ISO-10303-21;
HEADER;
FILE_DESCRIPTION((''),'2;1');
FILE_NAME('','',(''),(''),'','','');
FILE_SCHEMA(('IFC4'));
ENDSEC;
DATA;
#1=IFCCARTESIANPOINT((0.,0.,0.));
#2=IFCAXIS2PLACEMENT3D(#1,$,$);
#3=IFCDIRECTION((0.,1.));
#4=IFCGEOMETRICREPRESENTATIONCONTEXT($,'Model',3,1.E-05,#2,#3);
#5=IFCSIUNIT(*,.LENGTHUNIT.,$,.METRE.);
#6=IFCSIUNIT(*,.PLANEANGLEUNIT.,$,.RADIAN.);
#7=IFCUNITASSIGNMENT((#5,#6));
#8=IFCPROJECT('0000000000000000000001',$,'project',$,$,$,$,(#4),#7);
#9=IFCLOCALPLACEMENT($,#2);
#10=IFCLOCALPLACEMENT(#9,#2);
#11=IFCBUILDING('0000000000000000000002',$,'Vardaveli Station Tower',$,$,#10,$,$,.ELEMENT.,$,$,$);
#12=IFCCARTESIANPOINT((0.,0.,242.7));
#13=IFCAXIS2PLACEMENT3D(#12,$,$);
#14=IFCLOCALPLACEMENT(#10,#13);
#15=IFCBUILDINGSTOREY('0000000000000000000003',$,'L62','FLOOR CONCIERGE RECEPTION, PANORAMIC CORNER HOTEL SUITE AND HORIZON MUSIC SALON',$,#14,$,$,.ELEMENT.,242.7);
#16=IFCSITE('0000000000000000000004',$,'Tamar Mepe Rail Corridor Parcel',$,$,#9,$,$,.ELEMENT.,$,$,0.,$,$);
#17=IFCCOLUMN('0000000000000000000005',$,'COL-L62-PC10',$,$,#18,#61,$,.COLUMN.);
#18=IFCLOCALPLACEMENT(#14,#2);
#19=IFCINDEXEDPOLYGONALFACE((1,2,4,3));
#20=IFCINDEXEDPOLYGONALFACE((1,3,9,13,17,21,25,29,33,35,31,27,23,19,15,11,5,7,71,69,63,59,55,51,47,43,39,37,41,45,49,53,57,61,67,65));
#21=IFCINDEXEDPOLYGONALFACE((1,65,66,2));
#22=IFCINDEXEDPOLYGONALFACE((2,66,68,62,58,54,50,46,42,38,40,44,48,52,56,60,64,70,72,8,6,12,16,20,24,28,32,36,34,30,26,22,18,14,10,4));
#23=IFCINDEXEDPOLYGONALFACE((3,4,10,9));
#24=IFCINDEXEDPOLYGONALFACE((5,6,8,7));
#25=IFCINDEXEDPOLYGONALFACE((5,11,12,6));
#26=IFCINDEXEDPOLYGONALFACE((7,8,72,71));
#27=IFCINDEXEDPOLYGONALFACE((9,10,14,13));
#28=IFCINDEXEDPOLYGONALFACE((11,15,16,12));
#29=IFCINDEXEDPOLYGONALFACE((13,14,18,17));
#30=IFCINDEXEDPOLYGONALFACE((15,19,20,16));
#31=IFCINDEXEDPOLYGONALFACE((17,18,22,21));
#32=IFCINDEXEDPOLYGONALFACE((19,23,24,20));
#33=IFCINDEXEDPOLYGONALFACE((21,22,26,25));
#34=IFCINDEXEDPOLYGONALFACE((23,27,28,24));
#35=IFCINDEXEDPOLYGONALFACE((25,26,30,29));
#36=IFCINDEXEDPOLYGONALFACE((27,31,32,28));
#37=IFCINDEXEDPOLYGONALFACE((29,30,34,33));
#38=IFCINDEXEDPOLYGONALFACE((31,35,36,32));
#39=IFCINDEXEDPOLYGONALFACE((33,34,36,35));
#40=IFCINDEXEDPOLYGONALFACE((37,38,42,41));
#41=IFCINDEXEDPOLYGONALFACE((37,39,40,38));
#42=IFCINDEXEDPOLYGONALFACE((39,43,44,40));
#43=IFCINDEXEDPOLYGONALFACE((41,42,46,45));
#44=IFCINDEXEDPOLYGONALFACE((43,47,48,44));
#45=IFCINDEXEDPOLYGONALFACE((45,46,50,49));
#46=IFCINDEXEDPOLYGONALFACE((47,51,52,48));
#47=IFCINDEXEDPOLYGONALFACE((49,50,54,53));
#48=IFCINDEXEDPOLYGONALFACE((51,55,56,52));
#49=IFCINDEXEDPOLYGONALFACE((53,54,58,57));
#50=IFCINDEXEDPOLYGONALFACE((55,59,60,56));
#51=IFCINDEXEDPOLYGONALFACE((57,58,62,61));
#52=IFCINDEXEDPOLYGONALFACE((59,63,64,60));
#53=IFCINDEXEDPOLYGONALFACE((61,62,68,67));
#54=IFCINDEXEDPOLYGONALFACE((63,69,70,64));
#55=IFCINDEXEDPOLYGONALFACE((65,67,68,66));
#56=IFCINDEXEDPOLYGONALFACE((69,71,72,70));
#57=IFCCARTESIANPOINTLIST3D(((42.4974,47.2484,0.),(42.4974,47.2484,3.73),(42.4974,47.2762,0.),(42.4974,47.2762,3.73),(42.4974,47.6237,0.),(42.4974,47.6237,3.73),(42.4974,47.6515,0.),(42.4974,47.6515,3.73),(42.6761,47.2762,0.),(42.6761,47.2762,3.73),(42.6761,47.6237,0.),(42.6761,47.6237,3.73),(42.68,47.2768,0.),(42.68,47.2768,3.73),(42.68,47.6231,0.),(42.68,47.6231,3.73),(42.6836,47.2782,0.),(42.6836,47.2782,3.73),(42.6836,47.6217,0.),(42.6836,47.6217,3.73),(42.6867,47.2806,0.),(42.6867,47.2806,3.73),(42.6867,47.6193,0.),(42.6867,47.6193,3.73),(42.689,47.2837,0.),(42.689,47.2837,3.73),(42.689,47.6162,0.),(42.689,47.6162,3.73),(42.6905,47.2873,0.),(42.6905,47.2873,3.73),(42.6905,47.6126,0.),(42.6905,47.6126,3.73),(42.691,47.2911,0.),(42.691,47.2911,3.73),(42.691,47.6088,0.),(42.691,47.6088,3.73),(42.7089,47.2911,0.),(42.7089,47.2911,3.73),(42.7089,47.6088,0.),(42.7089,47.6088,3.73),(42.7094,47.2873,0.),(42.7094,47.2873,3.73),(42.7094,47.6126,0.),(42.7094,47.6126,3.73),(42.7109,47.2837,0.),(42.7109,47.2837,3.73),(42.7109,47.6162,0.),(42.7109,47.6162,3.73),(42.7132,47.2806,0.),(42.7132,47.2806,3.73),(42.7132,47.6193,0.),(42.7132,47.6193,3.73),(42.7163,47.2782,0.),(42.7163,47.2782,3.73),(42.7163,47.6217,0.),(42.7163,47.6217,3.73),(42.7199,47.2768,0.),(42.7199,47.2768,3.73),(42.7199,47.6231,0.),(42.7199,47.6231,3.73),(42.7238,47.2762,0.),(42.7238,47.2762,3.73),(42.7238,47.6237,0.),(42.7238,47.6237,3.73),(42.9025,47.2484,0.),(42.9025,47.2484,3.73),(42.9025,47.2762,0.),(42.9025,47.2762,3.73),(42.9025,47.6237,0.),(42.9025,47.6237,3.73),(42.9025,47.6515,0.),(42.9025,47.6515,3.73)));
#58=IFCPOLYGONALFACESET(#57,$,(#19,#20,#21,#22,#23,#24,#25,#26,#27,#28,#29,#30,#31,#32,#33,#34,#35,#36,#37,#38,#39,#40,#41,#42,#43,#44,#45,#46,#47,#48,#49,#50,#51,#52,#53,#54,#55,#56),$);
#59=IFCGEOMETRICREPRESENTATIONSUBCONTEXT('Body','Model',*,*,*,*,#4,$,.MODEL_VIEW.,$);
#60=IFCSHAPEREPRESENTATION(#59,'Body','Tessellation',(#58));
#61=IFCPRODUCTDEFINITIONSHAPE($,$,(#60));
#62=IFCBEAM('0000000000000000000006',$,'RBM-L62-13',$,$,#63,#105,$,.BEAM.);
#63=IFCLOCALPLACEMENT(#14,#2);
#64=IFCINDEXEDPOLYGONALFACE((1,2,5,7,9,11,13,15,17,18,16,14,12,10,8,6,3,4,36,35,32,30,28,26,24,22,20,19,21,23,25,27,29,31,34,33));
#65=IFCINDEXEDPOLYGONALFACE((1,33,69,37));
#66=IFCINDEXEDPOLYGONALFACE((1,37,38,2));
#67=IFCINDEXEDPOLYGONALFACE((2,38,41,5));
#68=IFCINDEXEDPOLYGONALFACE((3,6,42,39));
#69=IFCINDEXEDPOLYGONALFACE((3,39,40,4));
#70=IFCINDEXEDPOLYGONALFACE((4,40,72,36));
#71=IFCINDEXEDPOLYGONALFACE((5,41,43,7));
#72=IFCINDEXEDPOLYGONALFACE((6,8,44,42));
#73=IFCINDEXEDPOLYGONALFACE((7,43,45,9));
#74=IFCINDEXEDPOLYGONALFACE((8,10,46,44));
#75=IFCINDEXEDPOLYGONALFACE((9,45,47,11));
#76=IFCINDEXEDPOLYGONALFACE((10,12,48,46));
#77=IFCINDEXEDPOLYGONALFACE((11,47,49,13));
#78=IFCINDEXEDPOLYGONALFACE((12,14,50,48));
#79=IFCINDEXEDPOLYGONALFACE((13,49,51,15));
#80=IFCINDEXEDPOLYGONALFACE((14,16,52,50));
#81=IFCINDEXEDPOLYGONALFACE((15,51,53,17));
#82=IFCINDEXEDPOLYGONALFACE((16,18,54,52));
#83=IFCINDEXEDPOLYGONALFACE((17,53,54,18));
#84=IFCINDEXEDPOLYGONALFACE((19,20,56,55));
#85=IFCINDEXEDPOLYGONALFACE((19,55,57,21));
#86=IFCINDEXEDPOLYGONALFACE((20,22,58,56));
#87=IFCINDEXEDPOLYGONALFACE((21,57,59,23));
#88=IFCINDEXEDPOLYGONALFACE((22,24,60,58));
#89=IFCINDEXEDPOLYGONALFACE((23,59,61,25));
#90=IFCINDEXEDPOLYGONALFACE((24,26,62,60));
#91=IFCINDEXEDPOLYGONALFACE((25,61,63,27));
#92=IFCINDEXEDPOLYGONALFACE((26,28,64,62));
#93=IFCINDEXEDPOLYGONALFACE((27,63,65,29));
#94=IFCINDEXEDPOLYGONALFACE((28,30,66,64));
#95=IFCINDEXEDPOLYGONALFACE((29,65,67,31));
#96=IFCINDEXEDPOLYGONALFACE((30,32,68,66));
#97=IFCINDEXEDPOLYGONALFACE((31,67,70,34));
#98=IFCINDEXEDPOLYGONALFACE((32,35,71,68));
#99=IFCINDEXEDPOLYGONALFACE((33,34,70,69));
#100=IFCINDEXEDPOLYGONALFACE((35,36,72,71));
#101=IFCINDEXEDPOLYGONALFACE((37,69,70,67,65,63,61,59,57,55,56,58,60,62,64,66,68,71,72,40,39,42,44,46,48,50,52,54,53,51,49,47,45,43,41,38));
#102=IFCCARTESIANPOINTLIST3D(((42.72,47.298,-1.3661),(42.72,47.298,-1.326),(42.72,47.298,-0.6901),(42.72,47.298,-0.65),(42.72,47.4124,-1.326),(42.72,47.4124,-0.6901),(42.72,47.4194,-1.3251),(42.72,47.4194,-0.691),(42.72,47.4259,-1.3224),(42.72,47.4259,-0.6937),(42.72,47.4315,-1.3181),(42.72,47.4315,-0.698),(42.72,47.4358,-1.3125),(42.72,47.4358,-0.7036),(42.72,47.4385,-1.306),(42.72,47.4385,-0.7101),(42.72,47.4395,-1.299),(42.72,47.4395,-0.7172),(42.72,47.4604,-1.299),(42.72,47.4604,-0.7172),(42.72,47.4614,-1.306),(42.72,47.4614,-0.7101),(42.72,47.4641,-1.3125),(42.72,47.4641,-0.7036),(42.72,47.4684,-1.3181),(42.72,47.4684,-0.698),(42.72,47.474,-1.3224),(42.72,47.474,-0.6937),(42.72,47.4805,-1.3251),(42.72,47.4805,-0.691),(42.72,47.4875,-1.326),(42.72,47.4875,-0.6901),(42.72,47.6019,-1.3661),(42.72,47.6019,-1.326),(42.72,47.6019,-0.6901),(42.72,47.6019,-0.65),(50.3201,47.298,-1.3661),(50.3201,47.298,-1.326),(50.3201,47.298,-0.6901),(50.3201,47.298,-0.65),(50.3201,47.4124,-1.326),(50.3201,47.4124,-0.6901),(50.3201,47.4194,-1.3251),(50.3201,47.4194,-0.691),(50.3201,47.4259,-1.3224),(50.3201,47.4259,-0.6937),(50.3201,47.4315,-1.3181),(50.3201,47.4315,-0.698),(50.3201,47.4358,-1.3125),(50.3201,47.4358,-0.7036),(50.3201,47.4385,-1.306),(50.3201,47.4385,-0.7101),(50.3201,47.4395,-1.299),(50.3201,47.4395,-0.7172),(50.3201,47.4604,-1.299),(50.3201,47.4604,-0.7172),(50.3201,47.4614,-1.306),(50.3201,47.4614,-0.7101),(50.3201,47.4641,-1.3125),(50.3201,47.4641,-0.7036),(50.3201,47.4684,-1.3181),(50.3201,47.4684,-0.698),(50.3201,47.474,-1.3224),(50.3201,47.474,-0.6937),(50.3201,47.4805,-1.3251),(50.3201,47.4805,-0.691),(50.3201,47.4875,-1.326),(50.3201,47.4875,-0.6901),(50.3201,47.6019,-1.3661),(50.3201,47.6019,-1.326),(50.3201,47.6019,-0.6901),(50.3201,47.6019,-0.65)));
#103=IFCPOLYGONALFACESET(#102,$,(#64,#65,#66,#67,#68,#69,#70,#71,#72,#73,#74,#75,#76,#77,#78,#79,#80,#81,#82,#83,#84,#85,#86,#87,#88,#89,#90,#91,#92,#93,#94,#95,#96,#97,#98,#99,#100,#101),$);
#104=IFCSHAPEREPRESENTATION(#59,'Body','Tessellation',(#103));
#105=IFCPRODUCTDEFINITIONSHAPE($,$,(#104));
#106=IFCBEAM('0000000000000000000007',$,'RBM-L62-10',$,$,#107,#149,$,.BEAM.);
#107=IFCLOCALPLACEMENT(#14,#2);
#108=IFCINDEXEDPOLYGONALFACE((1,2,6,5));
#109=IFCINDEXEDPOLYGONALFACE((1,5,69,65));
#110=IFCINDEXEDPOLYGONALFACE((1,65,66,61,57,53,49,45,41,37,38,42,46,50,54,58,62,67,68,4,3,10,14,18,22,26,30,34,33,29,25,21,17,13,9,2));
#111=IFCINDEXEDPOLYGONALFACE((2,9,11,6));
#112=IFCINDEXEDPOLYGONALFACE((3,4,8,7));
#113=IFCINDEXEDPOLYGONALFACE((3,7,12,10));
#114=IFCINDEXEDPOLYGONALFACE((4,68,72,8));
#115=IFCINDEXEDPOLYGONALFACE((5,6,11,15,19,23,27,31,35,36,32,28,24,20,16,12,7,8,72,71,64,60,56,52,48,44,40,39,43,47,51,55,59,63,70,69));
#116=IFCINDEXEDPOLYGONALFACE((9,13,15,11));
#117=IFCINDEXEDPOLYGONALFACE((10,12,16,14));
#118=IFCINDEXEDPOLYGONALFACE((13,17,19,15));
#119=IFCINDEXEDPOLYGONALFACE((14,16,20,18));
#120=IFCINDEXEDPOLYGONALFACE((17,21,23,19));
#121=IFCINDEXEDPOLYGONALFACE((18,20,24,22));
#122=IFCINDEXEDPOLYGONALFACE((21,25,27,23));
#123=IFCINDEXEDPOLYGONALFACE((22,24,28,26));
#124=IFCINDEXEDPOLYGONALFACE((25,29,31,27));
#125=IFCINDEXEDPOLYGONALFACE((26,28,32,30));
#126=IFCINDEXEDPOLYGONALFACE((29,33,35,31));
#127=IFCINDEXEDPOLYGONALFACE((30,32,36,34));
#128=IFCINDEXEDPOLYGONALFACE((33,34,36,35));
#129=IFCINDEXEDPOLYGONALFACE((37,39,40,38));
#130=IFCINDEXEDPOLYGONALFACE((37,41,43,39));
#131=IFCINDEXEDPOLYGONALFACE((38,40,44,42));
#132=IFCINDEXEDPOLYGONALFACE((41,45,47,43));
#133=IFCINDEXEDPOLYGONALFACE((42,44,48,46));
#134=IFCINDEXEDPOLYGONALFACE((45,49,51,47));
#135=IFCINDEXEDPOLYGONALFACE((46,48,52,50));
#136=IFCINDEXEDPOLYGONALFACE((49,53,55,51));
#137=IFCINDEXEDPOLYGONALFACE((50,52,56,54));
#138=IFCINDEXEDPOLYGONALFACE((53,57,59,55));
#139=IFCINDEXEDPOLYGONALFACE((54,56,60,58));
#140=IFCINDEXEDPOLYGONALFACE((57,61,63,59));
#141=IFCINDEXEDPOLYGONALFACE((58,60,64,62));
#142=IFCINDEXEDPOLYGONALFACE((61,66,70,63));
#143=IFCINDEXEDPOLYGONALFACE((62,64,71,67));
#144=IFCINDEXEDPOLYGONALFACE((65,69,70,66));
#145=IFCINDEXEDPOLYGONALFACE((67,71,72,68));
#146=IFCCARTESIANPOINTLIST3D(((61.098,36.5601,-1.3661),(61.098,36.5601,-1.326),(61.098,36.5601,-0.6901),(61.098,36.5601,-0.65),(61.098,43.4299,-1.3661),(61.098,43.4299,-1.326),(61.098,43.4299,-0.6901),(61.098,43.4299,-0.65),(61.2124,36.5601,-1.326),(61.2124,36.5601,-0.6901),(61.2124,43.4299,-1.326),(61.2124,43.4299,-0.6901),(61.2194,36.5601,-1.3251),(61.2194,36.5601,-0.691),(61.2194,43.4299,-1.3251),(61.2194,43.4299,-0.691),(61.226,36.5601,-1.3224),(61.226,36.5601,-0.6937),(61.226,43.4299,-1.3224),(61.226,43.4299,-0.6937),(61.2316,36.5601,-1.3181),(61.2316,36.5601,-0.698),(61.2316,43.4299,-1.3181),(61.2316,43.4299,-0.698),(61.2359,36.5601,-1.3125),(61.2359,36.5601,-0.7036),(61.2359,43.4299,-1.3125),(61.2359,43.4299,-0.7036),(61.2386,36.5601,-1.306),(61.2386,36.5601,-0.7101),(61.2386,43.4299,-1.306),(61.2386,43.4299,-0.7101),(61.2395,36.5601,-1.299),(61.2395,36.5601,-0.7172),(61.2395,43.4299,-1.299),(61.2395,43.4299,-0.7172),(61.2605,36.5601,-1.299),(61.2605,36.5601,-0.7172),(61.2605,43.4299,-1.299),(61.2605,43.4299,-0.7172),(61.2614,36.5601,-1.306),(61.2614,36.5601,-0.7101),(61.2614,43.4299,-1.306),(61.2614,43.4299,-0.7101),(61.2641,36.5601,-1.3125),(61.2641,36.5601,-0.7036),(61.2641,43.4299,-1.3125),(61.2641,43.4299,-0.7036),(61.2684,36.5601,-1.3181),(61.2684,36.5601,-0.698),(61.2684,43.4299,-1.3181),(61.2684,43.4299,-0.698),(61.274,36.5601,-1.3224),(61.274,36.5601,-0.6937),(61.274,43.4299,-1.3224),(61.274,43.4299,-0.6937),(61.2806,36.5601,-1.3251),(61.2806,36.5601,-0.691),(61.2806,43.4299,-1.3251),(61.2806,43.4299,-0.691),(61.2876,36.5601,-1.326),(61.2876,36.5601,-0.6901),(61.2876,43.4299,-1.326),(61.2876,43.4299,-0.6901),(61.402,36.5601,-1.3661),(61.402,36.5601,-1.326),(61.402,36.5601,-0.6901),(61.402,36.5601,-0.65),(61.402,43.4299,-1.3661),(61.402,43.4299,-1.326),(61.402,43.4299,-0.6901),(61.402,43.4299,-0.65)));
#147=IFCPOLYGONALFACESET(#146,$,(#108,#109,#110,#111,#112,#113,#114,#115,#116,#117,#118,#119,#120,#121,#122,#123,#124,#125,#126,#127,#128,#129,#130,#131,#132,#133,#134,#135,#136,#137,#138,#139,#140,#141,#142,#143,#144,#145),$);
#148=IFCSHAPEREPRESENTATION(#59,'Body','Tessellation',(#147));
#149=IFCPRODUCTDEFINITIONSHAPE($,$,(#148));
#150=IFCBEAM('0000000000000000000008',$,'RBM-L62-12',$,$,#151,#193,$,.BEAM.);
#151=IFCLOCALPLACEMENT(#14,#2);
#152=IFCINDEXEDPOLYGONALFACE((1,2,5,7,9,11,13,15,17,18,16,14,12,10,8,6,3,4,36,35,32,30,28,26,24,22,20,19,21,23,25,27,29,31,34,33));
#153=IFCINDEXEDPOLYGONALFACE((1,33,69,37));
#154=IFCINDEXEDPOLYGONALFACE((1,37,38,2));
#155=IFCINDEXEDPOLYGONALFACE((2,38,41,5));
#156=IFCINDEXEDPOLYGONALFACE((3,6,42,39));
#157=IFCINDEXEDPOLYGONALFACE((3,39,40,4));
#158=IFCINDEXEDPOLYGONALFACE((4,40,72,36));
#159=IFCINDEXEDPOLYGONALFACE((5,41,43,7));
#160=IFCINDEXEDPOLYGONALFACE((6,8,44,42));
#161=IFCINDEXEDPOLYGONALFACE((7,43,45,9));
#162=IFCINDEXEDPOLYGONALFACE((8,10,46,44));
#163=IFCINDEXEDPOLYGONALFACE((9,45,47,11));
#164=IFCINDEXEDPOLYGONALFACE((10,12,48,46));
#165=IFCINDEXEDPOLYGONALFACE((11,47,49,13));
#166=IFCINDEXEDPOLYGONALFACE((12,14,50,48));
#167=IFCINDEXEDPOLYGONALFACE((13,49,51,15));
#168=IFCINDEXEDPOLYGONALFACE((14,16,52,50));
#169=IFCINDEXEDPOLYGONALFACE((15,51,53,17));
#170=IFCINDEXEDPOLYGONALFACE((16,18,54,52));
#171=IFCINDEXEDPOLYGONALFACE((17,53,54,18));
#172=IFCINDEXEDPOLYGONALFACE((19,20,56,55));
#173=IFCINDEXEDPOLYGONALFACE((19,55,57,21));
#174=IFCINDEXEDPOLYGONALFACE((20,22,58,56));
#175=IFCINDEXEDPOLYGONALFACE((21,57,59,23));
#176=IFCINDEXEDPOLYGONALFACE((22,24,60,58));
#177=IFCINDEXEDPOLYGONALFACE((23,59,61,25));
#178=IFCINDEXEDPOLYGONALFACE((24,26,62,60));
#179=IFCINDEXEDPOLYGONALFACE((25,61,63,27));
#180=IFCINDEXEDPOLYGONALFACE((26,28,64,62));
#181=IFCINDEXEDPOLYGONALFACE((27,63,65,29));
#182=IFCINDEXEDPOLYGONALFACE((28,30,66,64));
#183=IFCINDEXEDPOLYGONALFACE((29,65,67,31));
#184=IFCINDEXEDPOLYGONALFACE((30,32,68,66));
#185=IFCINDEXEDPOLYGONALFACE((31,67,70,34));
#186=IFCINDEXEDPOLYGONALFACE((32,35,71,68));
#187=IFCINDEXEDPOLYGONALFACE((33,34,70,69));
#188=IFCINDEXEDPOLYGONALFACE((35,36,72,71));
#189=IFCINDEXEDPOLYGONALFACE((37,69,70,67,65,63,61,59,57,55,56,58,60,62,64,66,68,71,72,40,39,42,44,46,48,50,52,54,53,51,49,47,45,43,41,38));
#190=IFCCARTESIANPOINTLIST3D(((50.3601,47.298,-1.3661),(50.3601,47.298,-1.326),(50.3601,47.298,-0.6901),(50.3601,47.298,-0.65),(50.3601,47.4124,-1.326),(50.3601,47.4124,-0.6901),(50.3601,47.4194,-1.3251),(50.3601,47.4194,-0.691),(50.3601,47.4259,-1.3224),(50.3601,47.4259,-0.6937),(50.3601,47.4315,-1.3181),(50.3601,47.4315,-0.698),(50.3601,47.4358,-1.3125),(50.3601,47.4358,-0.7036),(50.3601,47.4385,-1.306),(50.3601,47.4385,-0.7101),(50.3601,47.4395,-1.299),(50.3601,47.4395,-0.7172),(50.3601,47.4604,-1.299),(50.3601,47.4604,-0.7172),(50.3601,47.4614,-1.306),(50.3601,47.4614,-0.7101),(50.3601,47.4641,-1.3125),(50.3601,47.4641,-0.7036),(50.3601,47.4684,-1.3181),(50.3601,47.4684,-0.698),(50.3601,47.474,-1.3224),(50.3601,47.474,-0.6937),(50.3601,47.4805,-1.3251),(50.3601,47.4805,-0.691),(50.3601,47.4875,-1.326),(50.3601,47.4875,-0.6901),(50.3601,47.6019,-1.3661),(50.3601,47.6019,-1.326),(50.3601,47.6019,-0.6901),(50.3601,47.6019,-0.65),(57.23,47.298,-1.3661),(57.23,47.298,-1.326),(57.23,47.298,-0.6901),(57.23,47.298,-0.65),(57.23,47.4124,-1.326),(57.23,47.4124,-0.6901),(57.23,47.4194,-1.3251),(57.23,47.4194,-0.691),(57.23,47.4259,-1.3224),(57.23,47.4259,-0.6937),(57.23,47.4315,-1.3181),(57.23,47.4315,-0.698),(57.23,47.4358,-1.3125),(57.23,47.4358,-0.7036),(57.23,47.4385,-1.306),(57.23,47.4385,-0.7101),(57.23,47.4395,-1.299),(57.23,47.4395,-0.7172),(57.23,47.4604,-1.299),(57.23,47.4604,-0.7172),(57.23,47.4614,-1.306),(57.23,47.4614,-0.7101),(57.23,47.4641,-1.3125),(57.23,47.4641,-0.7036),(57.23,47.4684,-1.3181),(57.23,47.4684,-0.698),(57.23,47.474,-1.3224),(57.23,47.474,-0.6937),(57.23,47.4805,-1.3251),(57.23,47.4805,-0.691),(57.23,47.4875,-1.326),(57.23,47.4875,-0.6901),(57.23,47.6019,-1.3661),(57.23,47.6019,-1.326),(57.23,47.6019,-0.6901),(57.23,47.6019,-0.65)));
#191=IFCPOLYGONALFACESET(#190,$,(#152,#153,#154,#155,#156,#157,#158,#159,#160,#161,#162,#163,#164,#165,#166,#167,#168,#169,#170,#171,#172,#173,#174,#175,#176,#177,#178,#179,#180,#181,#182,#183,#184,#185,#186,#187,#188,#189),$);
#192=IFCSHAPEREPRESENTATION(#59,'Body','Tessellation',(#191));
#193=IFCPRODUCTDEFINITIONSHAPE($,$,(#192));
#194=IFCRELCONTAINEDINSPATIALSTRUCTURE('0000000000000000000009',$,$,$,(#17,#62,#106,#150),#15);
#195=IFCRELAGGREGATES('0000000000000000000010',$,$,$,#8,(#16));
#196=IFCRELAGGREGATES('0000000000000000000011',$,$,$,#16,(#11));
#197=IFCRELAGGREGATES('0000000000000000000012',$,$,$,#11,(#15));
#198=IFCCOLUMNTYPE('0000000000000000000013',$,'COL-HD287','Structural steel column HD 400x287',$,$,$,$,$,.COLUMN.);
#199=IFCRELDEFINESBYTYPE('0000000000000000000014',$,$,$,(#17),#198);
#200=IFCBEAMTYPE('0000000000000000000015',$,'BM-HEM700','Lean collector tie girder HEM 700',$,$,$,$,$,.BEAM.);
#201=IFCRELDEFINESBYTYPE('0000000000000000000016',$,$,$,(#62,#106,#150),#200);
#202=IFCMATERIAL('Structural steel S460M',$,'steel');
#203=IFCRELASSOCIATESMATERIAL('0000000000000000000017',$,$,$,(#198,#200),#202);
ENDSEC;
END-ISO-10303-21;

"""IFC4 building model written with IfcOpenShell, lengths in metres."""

from ifc_helpers import new_model, si_unit, direction, frame, origin, origin_2d, place, context, subcontext, project, spatial, i_section, extrude, source, transform, mapped, material, material_profile, profile_set, type_object, element, save


model = new_model("IFC4")

# Units and contexts
model_context = context("Model", 3, precision=1e-05, world=origin(), true_north=direction((0.0, 1.0)))
body_context = subcontext(model_context, "Body", "Model", "MODEL_VIEW")
ifc_project = project(units=[si_unit("LENGTHUNIT", "METRE"), si_unit("PLANEANGLEUNIT", "RADIAN")], contexts=[model_context])

# Site, building, storey
site_placement = place(None, origin())
site = spatial("IfcSite", under=ifc_project, at=site_placement, Name="Tamar Mepe Rail Corridor Parcel", CompositionType="ELEMENT", RefElevation=0.0)
building_placement = place(site_placement, origin())
building = spatial("IfcBuilding", under=site, at=building_placement, Name="Vardaveli Station Tower", CompositionType="ELEMENT")
storey_placement = place(building_placement, frame((0.0, 0.0, 242.7)))
storey = spatial("IfcBuildingStorey", under=building, at=storey_placement, Name="L62", Description="FLOOR CONCIERGE RECEPTION, PANORAMIC CORNER HOTEL SUITE AND HORIZON MUSIC SALON", CompositionType="ELEMENT", Elevation=242.7)

# Column
ifc_material_1 = material(Name="Structural steel S460M", Category="steel")
ifc_material_profile_1 = material_profile(ifc_material_1, i_section(OverallWidth=0.405, OverallDepth=0.4031, WebThickness=0.0178, FlangeThickness=0.0278, FilletRadius=0.0149, at=origin_2d()), Name="HD 400x287")
ifc_profile_set_1 = profile_set([ifc_material_profile_1], Name="Structural steel S460M")
column_type_1 = type_object("IfcColumnType", Name="COL-HD287", Description="Structural steel column HD 400x287", PredefinedType="COLUMN", material=ifc_profile_set_1)
shared_shape_1 = source(origin(), body_context, "Body", "SweptSolid", [
    extrude(i_section(OverallWidth=0.405, OverallDepth=0.4031, WebThickness=0.0178, FlangeThickness=0.0278, FilletRadius=0.0149, at=origin_2d()), origin(), (0.0, 0.0, 1.0), 3.73),
])
for number, where, z_axis, x_axis, name in (
    (1, (42.7, 47.45, 0.0), (0.0, 0.0, 1.0), (1.0, 0.0, 0.0), "COL-L62-PC10"),
):
    element("IfcColumn", number, at=place(storey_placement, frame(where, z_axis=z_axis, x_axis=x_axis)), inside=storey, type_object=column_type_1, Name=name, PredefinedType="COLUMN", context=body_context, shape_type="MappedRepresentation", body=[
        mapped(shared_shape_1, transform((0.0, 0.0, 0.0), scale=1.0)),
    ])

# Beams
ifc_material_profile_2 = material_profile(ifc_material_1, i_section(OverallWidth=0.304, OverallDepth=0.7161, WebThickness=0.021, FlangeThickness=0.04, FilletRadius=0.0271, at=origin_2d()), Name="HEM 700")
ifc_profile_set_2 = profile_set([ifc_material_profile_2], Name="Structural steel S460M")
beam_type = type_object("IfcBeamType", Name="BM-HEM700", Description="Lean collector tie girder HEM 700", PredefinedType="BEAM", material=ifc_profile_set_2)
shared_shape_2 = source(origin(), body_context, "Body", "SweptSolid", [
    extrude(i_section(OverallWidth=0.304, OverallDepth=0.7161, WebThickness=0.021, FlangeThickness=0.04, FilletRadius=0.0271, at=origin_2d()), origin(), (0.0, 0.0, 1.0), 7.6001),
])
beam_1_placement = place(storey_placement, frame((50.3201, 47.45, -1.0081), z_axis=(-1.0, 0.0, 0.0), x_axis=(0.0, -1.0, 0.0)))
element("IfcBeam", 2, at=beam_1_placement, inside=storey, type_object=beam_type, Name="RBM-L62-13", PredefinedType="BEAM", context=body_context, shape_type="MappedRepresentation", body=[
    mapped(shared_shape_2, transform((0.0, 0.0, 0.0), scale=1.0)),
])
shared_shape_3 = source(origin(), body_context, "Body", "SweptSolid", [
    extrude(i_section(OverallWidth=0.304, OverallDepth=0.7161, WebThickness=0.021, FlangeThickness=0.04, FilletRadius=0.0271, at=origin_2d()), origin(), (0.0, 0.0, 1.0), 6.8699),
])
for number, where, z_axis, x_axis, name in (
    (3, (61.25, 36.5601, -1.0081), (0.0, 1.0, 0.0), (-1.0, 0.0, 0.0), "RBM-L62-10"),
    (4, (57.23, 47.45, -1.0081), (-1.0, 0.0, 0.0), (0.0, -1.0, 0.0), "RBM-L62-12"),
):
    element("IfcBeam", number, at=place(storey_placement, frame(where, z_axis=z_axis, x_axis=x_axis)), inside=storey, type_object=beam_type, Name=name, PredefinedType="BEAM", context=body_context, shape_type="MappedRepresentation", body=[
        mapped(shared_shape_3, transform((0.0, 0.0, 0.0), scale=1.0)),
    ])

save(model, "model.ifc")
